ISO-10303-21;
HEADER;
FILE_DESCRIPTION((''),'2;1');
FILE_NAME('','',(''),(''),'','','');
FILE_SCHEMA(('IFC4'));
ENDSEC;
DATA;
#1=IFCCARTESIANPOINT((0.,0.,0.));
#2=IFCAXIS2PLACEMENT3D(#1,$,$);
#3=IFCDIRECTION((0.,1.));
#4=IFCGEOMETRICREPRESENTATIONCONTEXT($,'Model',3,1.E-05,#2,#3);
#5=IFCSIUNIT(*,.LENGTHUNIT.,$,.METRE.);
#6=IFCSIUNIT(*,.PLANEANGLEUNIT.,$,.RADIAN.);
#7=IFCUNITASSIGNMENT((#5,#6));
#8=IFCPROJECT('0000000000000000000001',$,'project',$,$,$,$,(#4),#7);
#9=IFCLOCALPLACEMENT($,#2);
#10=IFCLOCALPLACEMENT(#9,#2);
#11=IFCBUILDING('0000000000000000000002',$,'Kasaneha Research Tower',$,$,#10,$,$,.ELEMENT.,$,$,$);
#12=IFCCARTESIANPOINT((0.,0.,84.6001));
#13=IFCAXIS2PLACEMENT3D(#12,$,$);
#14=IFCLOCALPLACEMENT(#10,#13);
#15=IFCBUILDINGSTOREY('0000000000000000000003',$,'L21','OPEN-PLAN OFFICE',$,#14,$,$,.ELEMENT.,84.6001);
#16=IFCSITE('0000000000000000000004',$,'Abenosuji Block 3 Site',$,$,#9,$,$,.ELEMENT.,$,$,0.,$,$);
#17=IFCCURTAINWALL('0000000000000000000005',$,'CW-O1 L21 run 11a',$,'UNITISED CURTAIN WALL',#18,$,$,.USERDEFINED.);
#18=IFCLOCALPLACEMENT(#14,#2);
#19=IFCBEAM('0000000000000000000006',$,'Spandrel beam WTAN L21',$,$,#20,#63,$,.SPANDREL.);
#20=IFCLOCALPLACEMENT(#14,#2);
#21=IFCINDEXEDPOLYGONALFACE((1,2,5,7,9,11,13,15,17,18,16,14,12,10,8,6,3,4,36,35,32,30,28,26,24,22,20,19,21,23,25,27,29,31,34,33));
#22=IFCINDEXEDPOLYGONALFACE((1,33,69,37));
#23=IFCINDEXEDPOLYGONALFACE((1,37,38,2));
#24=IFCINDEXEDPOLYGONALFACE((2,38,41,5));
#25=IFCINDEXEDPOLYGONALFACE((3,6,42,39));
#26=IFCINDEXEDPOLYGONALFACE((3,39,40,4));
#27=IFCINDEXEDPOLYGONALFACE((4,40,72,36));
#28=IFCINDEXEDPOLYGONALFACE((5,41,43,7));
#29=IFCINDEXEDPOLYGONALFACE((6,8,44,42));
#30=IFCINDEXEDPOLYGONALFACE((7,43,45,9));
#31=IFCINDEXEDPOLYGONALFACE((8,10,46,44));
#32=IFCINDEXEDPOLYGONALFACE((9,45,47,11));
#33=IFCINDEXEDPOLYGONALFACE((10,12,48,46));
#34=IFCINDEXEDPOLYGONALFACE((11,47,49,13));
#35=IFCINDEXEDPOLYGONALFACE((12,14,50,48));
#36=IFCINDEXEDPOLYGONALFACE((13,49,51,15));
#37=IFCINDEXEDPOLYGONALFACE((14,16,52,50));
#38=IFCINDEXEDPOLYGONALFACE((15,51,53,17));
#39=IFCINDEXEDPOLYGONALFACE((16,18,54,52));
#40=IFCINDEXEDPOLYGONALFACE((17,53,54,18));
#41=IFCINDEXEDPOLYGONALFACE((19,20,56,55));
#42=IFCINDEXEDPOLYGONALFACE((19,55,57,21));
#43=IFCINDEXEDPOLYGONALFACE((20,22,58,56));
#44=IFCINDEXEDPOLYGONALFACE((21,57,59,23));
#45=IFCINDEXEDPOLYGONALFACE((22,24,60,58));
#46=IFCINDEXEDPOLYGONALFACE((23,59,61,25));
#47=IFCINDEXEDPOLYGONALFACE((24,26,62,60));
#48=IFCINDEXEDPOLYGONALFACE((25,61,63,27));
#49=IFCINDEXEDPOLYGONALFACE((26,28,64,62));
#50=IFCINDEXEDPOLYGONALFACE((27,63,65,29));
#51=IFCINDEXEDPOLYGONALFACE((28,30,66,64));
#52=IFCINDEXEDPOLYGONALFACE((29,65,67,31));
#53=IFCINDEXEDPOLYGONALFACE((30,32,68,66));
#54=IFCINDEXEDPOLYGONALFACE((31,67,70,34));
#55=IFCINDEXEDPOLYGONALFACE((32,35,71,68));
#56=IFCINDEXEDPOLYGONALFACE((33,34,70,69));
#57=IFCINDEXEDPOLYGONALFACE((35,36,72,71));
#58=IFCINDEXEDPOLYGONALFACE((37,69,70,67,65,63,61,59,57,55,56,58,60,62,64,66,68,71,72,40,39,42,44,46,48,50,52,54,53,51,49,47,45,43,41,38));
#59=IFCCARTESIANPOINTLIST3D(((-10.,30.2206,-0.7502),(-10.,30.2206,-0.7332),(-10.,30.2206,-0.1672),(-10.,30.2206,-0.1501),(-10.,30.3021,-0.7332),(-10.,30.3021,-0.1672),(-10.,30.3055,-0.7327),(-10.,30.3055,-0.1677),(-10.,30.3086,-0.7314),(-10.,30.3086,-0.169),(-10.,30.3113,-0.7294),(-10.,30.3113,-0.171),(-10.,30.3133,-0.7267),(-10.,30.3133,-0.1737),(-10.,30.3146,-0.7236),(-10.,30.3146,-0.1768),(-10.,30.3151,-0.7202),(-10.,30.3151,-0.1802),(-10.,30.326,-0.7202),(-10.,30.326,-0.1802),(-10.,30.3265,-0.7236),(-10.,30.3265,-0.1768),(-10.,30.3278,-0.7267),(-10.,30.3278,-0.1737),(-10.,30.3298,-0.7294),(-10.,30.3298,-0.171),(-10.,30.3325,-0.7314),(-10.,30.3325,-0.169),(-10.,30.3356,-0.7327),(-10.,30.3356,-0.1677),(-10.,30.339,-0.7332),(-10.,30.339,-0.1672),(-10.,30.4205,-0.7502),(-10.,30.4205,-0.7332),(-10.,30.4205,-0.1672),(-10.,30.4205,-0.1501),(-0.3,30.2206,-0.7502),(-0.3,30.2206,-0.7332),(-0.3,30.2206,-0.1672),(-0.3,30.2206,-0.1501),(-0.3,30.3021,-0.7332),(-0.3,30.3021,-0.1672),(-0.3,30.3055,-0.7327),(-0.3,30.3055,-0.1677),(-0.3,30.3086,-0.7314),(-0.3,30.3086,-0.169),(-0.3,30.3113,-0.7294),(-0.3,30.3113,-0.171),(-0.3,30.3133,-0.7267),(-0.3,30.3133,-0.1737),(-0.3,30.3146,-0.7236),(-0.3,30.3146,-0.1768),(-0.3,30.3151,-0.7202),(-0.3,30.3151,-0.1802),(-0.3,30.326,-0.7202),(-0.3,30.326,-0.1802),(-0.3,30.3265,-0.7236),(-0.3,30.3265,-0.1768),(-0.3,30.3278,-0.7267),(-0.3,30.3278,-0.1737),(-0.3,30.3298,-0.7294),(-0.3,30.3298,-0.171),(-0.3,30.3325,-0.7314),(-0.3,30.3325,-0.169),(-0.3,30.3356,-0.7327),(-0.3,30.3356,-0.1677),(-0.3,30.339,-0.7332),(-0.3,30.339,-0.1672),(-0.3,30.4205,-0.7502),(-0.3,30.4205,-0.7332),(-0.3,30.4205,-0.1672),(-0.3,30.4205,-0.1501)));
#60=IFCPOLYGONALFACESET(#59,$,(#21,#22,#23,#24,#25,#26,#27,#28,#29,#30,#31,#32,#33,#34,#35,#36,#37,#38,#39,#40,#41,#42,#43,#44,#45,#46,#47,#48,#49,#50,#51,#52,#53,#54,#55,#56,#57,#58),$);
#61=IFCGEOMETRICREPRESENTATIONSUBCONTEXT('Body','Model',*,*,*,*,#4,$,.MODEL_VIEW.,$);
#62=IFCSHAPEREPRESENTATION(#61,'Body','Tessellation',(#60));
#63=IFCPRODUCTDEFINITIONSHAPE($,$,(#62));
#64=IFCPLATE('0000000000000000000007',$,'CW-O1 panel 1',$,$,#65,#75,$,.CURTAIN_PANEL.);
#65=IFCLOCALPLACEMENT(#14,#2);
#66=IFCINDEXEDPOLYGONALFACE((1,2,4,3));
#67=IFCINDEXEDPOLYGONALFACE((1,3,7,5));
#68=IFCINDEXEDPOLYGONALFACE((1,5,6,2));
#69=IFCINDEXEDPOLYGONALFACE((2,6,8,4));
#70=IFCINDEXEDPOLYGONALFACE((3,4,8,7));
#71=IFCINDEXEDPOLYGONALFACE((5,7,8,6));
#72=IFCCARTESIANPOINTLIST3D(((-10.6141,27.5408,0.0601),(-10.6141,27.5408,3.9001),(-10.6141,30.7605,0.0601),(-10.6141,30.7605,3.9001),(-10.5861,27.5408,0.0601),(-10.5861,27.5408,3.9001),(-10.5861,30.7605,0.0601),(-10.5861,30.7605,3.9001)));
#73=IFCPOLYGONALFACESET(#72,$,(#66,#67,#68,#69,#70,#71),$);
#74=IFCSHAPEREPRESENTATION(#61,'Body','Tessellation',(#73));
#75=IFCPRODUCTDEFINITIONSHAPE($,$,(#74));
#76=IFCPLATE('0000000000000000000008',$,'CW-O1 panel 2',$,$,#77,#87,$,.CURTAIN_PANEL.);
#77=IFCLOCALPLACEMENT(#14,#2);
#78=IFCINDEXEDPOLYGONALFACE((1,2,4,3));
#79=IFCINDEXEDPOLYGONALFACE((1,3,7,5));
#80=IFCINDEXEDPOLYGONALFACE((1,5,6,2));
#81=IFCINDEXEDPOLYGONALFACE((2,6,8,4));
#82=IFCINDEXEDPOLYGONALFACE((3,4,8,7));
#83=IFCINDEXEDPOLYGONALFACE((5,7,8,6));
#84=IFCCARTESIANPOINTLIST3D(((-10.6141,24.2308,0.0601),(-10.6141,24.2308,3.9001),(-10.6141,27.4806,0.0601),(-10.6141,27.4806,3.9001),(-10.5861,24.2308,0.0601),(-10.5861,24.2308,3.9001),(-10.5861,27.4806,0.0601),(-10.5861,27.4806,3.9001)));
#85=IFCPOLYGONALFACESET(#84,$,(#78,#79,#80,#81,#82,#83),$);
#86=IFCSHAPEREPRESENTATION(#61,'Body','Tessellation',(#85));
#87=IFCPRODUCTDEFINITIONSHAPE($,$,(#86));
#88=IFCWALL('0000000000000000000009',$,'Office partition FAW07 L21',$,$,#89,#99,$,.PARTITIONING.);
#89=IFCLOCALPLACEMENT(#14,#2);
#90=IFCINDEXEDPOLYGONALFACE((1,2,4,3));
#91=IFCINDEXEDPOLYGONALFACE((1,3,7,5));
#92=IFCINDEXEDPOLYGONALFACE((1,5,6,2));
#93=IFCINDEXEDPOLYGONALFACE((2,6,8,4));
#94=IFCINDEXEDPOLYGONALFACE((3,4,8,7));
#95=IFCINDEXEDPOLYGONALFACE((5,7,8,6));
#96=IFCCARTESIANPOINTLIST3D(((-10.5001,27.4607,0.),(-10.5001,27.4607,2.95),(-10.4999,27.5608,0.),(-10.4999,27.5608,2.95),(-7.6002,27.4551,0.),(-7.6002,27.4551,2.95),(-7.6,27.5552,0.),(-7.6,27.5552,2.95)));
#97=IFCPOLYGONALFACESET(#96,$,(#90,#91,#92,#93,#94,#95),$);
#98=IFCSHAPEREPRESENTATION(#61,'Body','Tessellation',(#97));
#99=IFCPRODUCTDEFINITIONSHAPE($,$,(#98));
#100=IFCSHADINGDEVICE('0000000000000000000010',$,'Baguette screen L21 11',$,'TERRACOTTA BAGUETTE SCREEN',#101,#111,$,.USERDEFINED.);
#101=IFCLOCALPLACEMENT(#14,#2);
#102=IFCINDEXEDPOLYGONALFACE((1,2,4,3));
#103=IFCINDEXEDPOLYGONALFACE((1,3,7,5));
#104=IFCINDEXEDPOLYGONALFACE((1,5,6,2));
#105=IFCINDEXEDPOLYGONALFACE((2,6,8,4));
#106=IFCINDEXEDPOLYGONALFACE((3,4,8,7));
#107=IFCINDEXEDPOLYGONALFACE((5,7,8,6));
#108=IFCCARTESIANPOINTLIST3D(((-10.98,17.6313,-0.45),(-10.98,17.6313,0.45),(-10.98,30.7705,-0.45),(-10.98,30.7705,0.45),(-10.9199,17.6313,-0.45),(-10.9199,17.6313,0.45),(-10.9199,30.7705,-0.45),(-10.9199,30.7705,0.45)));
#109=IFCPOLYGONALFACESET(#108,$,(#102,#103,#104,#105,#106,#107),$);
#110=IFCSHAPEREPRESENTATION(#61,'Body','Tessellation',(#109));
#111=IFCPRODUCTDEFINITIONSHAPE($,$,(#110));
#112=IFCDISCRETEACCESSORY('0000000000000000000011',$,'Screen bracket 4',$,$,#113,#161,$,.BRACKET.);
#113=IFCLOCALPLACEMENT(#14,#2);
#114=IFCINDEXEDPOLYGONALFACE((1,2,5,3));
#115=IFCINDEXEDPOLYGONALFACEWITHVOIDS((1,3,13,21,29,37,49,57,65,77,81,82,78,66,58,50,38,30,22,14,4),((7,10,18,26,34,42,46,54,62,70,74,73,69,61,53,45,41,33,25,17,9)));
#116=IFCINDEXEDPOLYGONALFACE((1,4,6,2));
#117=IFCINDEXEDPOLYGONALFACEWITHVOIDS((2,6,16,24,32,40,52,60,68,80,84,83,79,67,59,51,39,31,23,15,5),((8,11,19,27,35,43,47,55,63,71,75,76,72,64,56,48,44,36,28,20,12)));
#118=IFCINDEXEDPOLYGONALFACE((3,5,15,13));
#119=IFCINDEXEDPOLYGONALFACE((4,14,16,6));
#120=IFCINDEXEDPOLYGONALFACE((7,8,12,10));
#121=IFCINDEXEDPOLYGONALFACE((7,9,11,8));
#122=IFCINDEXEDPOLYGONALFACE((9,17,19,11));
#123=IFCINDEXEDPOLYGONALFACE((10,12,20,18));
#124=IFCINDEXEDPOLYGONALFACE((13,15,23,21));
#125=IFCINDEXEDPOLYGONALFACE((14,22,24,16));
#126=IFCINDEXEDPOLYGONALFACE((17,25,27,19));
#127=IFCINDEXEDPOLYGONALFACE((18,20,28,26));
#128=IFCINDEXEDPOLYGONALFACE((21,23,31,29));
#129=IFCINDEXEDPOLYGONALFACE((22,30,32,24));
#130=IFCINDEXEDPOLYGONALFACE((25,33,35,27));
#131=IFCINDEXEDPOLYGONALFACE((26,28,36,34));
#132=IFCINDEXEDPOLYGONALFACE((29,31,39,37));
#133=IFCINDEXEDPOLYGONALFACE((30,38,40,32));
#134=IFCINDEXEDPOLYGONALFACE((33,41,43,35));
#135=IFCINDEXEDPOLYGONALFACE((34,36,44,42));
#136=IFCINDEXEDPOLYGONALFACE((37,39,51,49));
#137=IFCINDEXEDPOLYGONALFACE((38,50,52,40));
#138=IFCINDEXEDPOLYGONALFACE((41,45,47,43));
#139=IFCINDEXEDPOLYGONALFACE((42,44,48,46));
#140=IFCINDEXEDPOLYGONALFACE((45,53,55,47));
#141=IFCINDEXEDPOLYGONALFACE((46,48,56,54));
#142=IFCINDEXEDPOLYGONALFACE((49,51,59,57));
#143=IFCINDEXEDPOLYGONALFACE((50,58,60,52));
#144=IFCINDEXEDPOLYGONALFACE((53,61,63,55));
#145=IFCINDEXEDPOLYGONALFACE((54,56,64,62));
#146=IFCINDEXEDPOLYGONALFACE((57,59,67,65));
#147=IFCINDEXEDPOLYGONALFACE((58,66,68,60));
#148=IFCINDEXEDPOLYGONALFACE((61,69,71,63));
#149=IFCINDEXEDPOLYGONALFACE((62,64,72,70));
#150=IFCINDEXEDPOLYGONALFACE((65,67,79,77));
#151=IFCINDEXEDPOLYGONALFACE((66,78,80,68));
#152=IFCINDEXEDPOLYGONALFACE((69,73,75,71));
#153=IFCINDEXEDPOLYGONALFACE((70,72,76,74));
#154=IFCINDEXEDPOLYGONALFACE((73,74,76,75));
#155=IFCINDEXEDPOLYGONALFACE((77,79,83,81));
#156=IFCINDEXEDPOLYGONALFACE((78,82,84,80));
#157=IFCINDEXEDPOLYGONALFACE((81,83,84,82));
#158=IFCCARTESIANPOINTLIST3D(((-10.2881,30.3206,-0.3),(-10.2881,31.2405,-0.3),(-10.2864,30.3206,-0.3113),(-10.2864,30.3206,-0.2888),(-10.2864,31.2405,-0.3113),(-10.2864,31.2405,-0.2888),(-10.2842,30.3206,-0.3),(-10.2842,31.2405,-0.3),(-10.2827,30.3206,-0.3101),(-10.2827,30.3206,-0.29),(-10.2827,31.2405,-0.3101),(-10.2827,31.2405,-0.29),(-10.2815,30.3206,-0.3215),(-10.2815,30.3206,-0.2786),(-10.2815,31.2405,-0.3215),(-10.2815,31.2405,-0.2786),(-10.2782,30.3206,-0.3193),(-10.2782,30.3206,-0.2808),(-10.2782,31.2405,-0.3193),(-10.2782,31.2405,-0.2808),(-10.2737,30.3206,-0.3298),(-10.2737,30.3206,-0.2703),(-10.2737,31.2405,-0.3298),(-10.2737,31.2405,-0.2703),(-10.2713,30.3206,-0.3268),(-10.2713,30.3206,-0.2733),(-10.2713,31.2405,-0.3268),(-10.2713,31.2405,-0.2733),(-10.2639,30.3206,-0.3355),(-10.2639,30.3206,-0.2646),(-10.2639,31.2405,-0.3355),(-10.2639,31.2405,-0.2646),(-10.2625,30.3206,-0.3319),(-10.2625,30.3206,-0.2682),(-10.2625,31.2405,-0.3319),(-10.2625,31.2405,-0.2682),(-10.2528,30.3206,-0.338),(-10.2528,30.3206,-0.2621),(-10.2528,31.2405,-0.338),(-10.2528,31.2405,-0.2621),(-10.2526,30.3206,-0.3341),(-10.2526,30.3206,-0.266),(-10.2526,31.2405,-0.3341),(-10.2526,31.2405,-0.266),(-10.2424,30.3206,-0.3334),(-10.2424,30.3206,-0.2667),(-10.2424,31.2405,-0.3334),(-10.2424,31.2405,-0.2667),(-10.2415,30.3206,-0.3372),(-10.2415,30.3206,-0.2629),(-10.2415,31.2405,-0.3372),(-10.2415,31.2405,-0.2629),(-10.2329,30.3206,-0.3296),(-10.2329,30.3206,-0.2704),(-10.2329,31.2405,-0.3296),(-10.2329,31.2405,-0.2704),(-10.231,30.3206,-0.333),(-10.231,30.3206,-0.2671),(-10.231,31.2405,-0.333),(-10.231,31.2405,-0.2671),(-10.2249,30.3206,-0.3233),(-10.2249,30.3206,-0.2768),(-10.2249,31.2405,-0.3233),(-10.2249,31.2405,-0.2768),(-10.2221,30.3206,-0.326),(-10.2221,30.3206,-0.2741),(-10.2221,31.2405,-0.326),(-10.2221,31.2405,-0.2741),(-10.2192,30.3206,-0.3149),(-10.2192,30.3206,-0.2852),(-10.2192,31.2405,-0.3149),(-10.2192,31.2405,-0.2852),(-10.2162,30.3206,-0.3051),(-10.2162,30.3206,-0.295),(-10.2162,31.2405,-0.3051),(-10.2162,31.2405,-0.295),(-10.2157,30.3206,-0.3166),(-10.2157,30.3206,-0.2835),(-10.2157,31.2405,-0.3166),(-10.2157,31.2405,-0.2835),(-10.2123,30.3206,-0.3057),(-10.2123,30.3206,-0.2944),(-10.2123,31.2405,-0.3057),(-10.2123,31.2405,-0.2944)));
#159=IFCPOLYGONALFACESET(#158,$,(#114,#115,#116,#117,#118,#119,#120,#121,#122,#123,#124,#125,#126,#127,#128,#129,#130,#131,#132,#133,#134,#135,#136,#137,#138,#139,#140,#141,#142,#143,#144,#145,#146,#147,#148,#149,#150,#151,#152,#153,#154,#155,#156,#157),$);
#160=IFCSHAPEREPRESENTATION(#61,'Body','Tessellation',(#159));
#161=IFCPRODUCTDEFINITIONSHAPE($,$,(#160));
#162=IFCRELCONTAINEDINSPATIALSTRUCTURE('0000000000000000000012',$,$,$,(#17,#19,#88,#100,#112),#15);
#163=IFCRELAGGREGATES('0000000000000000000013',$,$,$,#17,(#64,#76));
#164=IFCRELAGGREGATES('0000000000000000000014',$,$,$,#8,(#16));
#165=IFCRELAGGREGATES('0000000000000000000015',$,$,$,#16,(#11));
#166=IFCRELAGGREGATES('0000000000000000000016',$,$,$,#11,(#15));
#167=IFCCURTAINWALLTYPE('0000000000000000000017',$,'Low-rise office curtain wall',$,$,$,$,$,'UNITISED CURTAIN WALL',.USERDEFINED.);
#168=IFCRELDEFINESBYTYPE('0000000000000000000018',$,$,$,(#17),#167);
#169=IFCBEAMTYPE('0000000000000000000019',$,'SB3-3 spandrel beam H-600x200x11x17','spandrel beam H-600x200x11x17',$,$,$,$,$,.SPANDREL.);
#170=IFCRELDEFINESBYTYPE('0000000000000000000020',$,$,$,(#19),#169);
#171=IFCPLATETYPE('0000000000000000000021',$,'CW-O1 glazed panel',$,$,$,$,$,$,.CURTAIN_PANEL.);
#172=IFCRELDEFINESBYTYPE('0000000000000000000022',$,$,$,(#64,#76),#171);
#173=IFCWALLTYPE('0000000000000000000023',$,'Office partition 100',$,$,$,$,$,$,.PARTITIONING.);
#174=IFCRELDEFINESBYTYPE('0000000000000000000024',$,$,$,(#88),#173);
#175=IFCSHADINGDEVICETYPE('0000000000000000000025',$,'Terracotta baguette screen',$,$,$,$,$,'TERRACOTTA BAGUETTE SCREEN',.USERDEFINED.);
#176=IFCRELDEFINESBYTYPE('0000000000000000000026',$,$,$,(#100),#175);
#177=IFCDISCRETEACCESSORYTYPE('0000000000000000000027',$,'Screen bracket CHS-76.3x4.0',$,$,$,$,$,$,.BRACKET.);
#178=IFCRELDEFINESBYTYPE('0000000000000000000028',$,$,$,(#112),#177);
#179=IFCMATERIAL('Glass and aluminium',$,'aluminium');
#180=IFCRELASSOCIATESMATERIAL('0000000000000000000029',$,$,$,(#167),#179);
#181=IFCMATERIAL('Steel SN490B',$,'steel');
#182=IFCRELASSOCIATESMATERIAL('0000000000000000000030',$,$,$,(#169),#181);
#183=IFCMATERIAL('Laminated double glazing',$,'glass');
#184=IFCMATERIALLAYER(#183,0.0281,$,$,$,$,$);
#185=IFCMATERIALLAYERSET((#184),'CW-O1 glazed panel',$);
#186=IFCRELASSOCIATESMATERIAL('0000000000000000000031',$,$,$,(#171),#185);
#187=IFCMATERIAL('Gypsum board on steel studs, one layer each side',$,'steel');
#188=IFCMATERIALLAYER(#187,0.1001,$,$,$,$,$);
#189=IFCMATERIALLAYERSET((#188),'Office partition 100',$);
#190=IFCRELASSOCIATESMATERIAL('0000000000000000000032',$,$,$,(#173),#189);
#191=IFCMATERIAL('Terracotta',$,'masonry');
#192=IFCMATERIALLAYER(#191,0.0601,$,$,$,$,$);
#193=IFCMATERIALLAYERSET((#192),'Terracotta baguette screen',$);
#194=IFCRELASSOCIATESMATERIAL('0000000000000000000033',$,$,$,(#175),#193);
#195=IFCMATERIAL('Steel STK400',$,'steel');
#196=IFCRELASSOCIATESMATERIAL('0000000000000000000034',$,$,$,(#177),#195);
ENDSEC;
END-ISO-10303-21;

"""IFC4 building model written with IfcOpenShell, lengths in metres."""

from ifc_helpers import new_model, si_unit, direction, frame, frame_2d, origin, origin_2d, place, context, subcontext, project, spatial, rectangle, hollow_circle, i_section, extrude, material, layer, layer_set, material_profile, profile_set, type_object, element, aggregate, save


model = new_model("IFC4")

# Units and contexts
model_context = context("Model", 3, precision=1e-05, world=origin(), true_north=direction((0.0, 1.0)))
body_context = subcontext(model_context, "Body", "Model", "MODEL_VIEW")
ifc_project = project(units=[si_unit("LENGTHUNIT", "METRE"), si_unit("PLANEANGLEUNIT", "RADIAN")], contexts=[model_context])

# Site, building, storey
site_placement = place(None, origin())
site = spatial("IfcSite", under=ifc_project, at=site_placement, Name="Abenosuji Block 3 Site", CompositionType="ELEMENT", RefElevation=0.0)
building_placement = place(site_placement, origin())
building = spatial("IfcBuilding", under=site, at=building_placement, Name="Kasaneha Research Tower", CompositionType="ELEMENT")
storey_placement = place(building_placement, frame((0.0, 0.0, 84.6001)))
storey = spatial("IfcBuildingStorey", under=building, at=storey_placement, Name="L21", Description="OPEN-PLAN OFFICE", CompositionType="ELEMENT", Elevation=84.6001)

# Shared definitions
ifc_material_1 = material(Name="Glass and aluminium", Category="aluminium")
curtain_wall_type = type_object("IfcCurtainWallType", Name="Low-rise office curtain wall", ElementType="UNITISED CURTAIN WALL", PredefinedType="USERDEFINED", material=ifc_material_1)

# Curtain wall
curtain_wall_1_placement = place(storey_placement, origin())
curtain_wall_1 = element("IfcCurtainWall", 1, at=curtain_wall_1_placement, inside=storey, type_object=curtain_wall_type, Name="CW-O1 L21 run 11a", ObjectType="UNITISED CURTAIN WALL", PredefinedType="USERDEFINED")

# Beam
ifc_material_2 = material(Name="Steel SN490B", Category="steel")
ifc_material_profile_1 = material_profile(ifc_material_2, i_section(OverallWidth=0.2, OverallDepth=0.6001, WebThickness=0.011, FlangeThickness=0.0171, FilletRadius=0.0129, at=origin_2d()), Name="H-600x200x11x17")
ifc_profile_set_1 = profile_set([ifc_material_profile_1], Name="Steel SN490B")
beam_type_1 = type_object("IfcBeamType", Name="SB3-3 spandrel beam H-600x200x11x17", Description="spandrel beam H-600x200x11x17", PredefinedType="SPANDREL", material=ifc_profile_set_1)
beam_1_placement = place(storey_placement, frame((-10.0, 30.3206, -0.4502), z_axis=(1.0, 0.0, 0.0), x_axis=(0.0, 1.0, 0.0)))
element("IfcBeam", 2, at=beam_1_placement, inside=storey, type_object=beam_type_1, Name="Spandrel beam WTAN L21", PredefinedType="SPANDREL", context=body_context, shape_type="SweptSolid", body=[
    extrude(i_section(OverallWidth=0.2, OverallDepth=0.6001, WebThickness=0.011, FlangeThickness=0.0171, FilletRadius=0.0129, at=origin_2d()), origin(), (0.0, 0.0, 1.0), 9.7),
])

# Plates
ifc_material_3 = material(Name="Laminated double glazing", Category="glass")
ifc_layer_1 = layer(ifc_material_3, 0.0281)
ifc_layer_set_1 = layer_set([ifc_layer_1], Name="CW-O1 glazed panel")
plate_type = type_object("IfcPlateType", Name="CW-O1 glazed panel", PredefinedType="CURTAIN_PANEL", material=ifc_layer_set_1)
plate_1_placement = place(storey_placement, frame((-10.6001, 29.1506, 0.0601), z_axis=(0.0, 0.0, 1.0), x_axis=(0.0, -1.0, 0.0)))
plate_1 = element("IfcPlate", 3, at=plate_1_placement, type_object=plate_type, Name="CW-O1 panel 1", PredefinedType="CURTAIN_PANEL", context=body_context, shape_type="SweptSolid", body=[
    extrude(rectangle(XDim=3.2197, YDim=0.0281, at=origin_2d()), origin(), (0.0, 0.0, 1.0), 3.8401),
])
plate_2_placement = place(storey_placement, frame((-10.6001, 25.8557, 0.0601), z_axis=(0.0, 0.0, 1.0), x_axis=(0.0, -1.0, 0.0)))
plate_2 = element("IfcPlate", 4, at=plate_2_placement, type_object=plate_type, Name="CW-O1 panel 2", PredefinedType="CURTAIN_PANEL", context=body_context, shape_type="SweptSolid", body=[
    extrude(rectangle(XDim=3.2498, YDim=0.0281, at=origin_2d()), origin(), (0.0, 0.0, 1.0), 3.8401),
])
aggregate(curtain_wall_1, [plate_1, plate_2])

# Wall
ifc_material_4 = material(Name="Gypsum board on steel studs, one layer each side", Category="steel")
ifc_layer_2 = layer(ifc_material_4, 0.1001)
ifc_layer_set_2 = layer_set([ifc_layer_2], Name="Office partition 100")
wall_type = type_object("IfcWallType", Name="Office partition 100", PredefinedType="PARTITIONING", material=ifc_layer_set_2)
wall_placement = place(storey_placement, frame((-10.5, 27.5107, 0.0), z_axis=(0.0, 0.0, 1.0), x_axis=(0.999998, -0.001936, 0.0)))
element("IfcWall", 5, at=wall_placement, inside=storey, type_object=wall_type, Name="Office partition FAW07 L21", PredefinedType="PARTITIONING", context=body_context, shape_type="SweptSolid", body=[
    extrude(rectangle(XDim=2.8999, YDim=0.1001, at=frame_2d((1.45, 0.0))), origin(), (0.0, 0.0, 1.0), 2.95),
])

# Shading device
ifc_material_5 = material(Name="Terracotta", Category="masonry")
ifc_layer_3 = layer(ifc_material_5, 0.0601)
ifc_layer_set_3 = layer_set([ifc_layer_3], Name="Terracotta baguette screen")
shading_device_type = type_object("IfcShadingDeviceType", Name="Terracotta baguette screen", ElementType="TERRACOTTA BAGUETTE SCREEN", PredefinedType="USERDEFINED", material=ifc_layer_set_3)
shading_device_placement = place(storey_placement, frame((-10.95, 24.2009, -0.45), z_axis=(0.0, 0.0, 1.0), x_axis=(0.0, -1.0, 0.0)))
element("IfcShadingDevice", 6, at=shading_device_placement, inside=storey, type_object=shading_device_type, Name="Baguette screen L21 11", ObjectType="TERRACOTTA BAGUETTE SCREEN", PredefinedType="USERDEFINED", context=body_context, shape_type="SweptSolid", body=[
    extrude(rectangle(XDim=13.1392, YDim=0.0601, at=origin_2d()), origin(), (0.0, 0.0, 1.0), 0.8999),
])

# Discrete accessory
ifc_material_6 = material(Name="Steel STK400", Category="steel")
ifc_material_profile_2 = material_profile(ifc_material_6, hollow_circle(Radius=0.0381, WallThickness=0.0039, at=origin_2d()), Name="CHS-76.3x4.0")
ifc_profile_set_2 = profile_set([ifc_material_profile_2], Name="Steel STK400")
discrete_accessory_type = type_object("IfcDiscreteAccessoryType", Name="Screen bracket CHS-76.3x4.0", PredefinedType="BRACKET", material=ifc_profile_set_2)
for number, where, z_axis, x_axis, name in (
    (7, (-10.25, 30.3206, -0.3), (0.0, 1.0, 0.0), (-1.0, 0.0, 0.0), "Screen bracket 4"),
):
    element("IfcDiscreteAccessory", number, at=place(storey_placement, frame(where, z_axis=z_axis, x_axis=x_axis)), inside=storey, type_object=discrete_accessory_type, Name=name, PredefinedType="BRACKET", context=body_context, shape_type="SweptSolid", body=[
        extrude(hollow_circle(Radius=0.0381, WallThickness=0.0039, at=origin_2d()), origin(), (0.0, 0.0, 1.0), 0.9199),
    ])

save(model, "model.ifc")
